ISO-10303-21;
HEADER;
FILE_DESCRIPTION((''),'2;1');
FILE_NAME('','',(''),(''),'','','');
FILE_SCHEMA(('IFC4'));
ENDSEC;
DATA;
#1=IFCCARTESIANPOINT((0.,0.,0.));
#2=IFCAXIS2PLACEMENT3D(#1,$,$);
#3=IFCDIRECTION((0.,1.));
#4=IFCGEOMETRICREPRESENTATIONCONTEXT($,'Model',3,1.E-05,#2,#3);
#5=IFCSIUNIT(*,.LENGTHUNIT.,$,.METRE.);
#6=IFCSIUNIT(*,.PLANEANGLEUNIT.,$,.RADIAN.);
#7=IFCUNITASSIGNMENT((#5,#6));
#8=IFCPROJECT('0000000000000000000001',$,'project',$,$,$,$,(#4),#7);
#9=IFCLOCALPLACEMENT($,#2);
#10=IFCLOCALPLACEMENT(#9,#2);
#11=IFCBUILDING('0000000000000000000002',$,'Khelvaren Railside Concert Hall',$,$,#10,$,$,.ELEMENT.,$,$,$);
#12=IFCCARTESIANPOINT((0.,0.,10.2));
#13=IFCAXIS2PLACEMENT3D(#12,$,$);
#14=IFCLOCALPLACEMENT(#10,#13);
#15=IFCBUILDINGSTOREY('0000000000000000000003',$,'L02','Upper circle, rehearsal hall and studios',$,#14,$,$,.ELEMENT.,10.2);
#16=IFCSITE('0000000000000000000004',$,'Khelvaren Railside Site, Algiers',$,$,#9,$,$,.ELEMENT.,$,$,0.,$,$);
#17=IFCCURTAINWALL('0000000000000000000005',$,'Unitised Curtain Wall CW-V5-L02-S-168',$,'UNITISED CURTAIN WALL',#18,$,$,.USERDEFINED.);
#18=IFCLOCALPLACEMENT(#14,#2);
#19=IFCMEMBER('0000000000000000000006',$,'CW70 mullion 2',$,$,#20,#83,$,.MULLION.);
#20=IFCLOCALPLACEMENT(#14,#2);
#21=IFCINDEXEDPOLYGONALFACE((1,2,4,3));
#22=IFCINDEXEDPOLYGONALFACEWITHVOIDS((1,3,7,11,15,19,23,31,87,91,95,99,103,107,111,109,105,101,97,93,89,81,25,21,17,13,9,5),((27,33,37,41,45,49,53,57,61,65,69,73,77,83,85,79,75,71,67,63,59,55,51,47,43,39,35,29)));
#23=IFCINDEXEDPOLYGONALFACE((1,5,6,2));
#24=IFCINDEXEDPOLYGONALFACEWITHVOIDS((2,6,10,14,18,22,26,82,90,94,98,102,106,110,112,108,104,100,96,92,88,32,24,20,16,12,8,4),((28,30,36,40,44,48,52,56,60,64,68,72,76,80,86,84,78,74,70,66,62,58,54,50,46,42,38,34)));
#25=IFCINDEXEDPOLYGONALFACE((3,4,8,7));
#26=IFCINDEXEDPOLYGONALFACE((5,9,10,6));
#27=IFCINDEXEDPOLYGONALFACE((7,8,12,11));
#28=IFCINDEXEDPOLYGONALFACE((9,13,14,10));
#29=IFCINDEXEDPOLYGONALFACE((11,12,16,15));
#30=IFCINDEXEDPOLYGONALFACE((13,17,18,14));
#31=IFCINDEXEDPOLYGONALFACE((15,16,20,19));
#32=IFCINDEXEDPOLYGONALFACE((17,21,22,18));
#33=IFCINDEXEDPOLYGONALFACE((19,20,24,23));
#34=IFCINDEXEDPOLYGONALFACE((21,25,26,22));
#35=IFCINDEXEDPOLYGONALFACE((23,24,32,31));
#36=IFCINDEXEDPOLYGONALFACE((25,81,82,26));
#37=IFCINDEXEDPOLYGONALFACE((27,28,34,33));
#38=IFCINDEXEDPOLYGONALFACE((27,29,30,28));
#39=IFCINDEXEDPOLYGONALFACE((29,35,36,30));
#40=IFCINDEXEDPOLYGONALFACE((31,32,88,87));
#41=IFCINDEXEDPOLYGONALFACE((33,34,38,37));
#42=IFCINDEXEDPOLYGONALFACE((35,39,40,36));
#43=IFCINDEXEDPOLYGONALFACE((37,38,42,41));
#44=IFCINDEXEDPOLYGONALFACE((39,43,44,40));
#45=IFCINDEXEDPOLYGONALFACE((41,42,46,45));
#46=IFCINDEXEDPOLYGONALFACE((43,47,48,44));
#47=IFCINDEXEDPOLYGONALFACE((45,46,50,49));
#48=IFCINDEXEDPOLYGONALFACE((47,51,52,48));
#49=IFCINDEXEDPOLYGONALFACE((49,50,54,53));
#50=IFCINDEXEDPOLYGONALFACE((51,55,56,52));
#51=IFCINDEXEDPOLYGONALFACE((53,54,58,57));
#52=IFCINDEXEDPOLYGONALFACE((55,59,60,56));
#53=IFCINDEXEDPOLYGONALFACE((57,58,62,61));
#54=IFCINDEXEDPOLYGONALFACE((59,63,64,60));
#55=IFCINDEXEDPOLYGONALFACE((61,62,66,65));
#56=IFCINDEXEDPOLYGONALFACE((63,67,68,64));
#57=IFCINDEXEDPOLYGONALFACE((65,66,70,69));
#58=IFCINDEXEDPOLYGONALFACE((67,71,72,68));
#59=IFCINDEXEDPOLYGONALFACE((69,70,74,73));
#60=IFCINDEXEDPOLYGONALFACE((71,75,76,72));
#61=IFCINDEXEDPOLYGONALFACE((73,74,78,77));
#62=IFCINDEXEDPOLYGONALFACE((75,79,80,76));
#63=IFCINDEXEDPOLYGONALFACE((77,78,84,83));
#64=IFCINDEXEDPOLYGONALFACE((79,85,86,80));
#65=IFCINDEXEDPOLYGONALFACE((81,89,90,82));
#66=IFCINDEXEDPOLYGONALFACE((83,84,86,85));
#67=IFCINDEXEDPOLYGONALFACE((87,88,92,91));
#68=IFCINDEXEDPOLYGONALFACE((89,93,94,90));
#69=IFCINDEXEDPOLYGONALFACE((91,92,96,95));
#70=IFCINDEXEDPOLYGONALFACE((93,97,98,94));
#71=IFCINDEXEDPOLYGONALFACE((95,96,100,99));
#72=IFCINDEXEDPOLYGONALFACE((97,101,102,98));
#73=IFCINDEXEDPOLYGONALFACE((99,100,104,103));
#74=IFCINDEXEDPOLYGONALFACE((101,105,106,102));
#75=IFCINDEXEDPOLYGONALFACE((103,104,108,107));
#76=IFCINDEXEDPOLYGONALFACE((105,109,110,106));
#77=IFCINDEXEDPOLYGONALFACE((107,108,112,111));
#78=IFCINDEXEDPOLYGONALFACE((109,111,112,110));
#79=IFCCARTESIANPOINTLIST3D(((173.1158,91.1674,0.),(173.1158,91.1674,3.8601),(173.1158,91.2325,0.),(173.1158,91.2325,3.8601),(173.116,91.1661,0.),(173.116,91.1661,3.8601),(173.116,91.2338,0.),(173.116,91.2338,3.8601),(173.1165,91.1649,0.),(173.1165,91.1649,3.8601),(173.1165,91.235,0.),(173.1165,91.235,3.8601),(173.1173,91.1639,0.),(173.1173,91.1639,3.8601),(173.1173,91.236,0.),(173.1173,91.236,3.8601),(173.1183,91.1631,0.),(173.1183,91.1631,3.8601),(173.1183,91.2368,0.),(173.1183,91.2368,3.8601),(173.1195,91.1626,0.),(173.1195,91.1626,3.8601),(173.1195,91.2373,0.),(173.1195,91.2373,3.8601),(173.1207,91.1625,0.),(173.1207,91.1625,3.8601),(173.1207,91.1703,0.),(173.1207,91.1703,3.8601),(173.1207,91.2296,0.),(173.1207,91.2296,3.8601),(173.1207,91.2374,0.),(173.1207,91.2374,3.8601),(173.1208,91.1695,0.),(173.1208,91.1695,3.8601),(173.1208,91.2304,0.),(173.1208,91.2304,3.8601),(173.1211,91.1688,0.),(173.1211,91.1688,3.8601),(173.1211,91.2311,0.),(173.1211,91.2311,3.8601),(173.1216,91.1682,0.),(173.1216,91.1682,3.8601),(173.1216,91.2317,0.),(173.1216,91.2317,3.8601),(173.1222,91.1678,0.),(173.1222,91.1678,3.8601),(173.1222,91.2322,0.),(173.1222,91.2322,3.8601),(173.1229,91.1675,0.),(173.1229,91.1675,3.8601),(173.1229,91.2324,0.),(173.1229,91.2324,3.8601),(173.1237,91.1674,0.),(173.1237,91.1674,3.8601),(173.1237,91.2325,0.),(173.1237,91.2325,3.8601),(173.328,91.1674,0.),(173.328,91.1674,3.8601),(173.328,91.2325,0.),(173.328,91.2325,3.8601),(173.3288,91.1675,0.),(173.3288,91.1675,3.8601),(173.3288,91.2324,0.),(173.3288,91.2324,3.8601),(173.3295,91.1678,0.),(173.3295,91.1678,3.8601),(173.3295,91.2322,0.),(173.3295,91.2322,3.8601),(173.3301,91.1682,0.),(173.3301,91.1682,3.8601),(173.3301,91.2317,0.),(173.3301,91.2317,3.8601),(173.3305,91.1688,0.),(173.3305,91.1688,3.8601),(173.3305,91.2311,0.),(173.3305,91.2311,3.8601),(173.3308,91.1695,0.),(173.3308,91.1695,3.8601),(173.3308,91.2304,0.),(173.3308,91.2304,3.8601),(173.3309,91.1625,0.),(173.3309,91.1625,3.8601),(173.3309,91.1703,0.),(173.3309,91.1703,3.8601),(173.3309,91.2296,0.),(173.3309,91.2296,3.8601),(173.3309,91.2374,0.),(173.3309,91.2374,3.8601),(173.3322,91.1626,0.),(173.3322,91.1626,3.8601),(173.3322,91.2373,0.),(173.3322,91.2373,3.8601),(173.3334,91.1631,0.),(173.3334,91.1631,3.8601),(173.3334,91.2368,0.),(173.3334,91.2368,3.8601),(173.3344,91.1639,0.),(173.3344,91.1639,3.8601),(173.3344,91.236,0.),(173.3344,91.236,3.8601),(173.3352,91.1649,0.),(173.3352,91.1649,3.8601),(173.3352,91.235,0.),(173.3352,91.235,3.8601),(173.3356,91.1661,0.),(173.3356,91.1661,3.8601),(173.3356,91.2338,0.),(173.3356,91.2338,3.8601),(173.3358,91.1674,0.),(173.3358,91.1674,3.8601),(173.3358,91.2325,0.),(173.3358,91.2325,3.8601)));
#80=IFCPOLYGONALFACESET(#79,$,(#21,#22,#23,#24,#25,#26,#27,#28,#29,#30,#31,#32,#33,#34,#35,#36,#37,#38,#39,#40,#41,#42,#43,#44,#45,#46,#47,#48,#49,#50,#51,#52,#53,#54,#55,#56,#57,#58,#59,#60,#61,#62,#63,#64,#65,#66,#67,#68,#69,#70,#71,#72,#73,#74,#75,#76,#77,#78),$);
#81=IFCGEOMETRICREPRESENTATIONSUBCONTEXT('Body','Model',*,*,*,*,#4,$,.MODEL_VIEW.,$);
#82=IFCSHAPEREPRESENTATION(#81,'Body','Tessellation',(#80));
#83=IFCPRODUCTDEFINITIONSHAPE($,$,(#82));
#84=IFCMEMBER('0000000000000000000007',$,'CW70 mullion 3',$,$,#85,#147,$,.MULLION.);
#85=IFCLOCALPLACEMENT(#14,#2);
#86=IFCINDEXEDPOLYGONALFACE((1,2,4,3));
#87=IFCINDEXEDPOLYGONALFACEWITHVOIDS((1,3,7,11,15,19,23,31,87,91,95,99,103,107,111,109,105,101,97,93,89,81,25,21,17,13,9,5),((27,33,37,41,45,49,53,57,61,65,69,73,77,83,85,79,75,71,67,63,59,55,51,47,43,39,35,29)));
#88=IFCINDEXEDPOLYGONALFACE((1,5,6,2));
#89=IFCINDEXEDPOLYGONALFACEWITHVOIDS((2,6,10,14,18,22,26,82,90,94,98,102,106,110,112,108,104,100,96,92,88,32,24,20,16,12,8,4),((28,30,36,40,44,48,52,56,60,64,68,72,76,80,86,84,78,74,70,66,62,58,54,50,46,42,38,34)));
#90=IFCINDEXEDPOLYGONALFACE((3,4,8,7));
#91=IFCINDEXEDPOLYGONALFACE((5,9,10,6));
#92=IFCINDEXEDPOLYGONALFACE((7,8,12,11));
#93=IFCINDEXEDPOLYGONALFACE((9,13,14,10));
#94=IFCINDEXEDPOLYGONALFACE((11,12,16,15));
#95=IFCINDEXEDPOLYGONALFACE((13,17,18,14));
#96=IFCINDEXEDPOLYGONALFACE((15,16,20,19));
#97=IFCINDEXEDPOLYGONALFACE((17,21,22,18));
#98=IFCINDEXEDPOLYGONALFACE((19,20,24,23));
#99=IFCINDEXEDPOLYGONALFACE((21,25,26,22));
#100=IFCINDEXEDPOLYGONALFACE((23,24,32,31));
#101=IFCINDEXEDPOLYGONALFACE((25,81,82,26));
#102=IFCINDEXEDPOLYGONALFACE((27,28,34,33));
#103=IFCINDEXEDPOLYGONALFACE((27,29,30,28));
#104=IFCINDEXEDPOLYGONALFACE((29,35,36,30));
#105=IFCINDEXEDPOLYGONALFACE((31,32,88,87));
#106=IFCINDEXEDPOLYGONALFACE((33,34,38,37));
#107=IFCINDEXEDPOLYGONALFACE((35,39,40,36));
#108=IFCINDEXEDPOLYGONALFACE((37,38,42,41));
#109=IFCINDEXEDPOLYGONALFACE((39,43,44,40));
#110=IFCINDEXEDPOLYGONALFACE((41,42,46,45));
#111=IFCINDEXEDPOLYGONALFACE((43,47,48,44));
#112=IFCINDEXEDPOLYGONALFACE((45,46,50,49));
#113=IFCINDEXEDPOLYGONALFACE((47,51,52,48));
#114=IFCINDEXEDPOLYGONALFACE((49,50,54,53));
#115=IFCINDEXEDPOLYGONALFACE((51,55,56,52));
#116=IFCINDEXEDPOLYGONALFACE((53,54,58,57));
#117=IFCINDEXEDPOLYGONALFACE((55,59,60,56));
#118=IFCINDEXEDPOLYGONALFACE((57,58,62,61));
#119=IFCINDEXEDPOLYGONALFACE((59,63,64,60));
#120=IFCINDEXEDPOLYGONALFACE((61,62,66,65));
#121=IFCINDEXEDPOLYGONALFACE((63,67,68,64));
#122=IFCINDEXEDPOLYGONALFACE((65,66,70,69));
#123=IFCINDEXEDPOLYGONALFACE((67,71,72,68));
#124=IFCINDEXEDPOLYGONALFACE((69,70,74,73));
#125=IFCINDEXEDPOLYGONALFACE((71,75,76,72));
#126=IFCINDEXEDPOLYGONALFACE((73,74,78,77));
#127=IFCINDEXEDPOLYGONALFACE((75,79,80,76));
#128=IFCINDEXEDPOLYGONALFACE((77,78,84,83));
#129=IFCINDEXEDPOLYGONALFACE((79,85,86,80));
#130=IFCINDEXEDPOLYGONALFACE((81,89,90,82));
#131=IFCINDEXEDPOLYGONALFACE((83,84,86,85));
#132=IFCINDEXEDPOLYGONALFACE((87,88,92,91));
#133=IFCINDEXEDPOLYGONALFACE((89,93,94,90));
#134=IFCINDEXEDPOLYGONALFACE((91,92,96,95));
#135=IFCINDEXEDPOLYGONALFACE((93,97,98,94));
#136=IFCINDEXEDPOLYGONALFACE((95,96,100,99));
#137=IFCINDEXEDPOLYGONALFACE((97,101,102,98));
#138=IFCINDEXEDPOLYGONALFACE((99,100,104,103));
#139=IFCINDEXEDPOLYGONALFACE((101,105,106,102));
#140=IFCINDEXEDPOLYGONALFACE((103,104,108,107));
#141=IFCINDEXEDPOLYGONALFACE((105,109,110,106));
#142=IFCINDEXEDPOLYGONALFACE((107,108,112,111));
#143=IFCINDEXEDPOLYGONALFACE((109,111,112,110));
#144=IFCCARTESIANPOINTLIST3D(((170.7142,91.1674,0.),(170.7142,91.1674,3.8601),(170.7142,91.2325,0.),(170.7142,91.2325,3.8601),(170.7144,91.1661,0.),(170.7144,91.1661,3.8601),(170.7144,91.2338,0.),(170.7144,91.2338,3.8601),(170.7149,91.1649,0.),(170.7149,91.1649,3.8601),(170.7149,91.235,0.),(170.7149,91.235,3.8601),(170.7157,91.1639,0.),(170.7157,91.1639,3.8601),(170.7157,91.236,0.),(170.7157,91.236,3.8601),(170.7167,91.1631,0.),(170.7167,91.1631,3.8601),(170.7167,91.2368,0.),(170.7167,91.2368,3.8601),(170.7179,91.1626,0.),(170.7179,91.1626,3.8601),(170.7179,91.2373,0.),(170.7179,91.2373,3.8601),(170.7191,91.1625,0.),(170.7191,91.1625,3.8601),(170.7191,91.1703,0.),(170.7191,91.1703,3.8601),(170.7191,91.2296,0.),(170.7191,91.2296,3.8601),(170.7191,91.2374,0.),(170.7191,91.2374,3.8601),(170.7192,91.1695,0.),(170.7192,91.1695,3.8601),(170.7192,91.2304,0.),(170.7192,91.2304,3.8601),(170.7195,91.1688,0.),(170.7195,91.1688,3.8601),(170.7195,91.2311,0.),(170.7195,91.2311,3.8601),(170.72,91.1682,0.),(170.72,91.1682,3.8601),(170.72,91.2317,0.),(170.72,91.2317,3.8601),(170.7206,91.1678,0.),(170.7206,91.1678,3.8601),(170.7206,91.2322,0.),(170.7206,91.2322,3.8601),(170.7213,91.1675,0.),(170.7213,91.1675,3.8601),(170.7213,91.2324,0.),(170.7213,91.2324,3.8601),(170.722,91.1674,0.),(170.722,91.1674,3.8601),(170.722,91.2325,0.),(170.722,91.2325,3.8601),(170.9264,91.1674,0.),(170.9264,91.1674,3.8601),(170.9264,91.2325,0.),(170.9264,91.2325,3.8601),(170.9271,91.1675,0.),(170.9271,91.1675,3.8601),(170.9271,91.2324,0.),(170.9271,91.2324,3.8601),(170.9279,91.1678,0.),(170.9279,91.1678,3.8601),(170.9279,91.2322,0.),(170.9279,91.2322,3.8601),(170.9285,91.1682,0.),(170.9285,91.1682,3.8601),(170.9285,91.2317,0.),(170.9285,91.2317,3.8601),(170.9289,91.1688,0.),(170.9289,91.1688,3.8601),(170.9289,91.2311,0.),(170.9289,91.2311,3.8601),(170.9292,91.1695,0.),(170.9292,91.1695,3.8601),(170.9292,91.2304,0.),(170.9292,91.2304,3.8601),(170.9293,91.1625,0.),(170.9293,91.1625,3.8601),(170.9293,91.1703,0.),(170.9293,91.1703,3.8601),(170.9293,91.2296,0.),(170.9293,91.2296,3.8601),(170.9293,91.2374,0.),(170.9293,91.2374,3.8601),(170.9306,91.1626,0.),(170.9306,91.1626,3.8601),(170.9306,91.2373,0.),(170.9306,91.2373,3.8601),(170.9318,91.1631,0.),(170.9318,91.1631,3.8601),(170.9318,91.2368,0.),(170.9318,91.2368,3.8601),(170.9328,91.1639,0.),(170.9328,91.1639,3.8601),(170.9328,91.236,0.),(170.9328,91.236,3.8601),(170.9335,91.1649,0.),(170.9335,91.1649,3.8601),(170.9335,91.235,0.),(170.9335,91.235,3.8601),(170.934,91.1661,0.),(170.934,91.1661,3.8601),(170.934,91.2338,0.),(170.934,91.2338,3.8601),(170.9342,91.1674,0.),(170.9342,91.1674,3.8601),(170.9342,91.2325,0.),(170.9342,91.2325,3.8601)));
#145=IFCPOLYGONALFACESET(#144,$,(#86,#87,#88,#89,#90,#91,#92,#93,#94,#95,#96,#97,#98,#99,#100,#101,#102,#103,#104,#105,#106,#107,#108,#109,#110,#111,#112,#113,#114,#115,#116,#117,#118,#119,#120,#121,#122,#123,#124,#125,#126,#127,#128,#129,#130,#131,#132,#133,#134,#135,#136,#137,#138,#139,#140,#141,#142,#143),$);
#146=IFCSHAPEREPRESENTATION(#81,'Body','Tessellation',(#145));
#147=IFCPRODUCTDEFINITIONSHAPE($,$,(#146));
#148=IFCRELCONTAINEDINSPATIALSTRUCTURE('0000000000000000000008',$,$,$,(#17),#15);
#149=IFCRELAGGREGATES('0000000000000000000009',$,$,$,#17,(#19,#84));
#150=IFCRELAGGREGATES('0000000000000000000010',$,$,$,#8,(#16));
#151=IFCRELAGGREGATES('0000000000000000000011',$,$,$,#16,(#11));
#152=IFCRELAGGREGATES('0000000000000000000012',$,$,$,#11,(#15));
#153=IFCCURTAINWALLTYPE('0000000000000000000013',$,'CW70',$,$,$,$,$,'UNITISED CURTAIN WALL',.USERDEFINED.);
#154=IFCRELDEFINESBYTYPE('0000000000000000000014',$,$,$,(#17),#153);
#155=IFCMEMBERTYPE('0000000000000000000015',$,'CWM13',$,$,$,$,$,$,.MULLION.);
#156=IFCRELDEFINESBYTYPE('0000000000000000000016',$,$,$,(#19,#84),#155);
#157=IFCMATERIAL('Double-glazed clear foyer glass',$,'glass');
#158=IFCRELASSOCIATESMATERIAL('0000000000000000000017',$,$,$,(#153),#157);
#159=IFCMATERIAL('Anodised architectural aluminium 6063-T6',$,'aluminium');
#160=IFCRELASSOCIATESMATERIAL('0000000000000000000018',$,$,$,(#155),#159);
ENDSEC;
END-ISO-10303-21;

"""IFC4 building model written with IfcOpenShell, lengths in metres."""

from ifc_helpers import new_model, si_unit, direction, frame, origin, origin_2d, place, context, subcontext, project, spatial, hollow_rectangle, extrude, material, material_profile, profile_set, type_object, element, aggregate, save


model = new_model("IFC4")

# Units and contexts
model_context = context("Model", 3, precision=1e-05, world=origin(), true_north=direction((0.0, 1.0)))
body_context = subcontext(model_context, "Body", "Model", "MODEL_VIEW")
ifc_project = project(units=[si_unit("LENGTHUNIT", "METRE"), si_unit("PLANEANGLEUNIT", "RADIAN")], contexts=[model_context])

# Site, building, storey
site_placement = place(None, origin())
site = spatial("IfcSite", under=ifc_project, at=site_placement, Name="Khelvaren Railside Site, Algiers", CompositionType="ELEMENT", RefElevation=0.0)
building_placement = place(site_placement, origin())
building = spatial("IfcBuilding", under=site, at=building_placement, Name="Khelvaren Railside Concert Hall", CompositionType="ELEMENT")
storey_placement = place(building_placement, frame((0.0, 0.0, 10.2)))
storey = spatial("IfcBuildingStorey", under=building, at=storey_placement, Name="L02", Description="Upper circle, rehearsal hall and studios", CompositionType="ELEMENT", Elevation=10.2)

# Curtain wall, members
ifc_material_1 = material(Name="Double-glazed clear foyer glass", Category="glass")
curtain_wall_type = type_object("IfcCurtainWallType", Name="CW70", ElementType="UNITISED CURTAIN WALL", PredefinedType="USERDEFINED", material=ifc_material_1)
curtain_wall_placement = place(storey_placement, origin())
curtain_wall = element("IfcCurtainWall", 1, at=curtain_wall_placement, inside=storey, type_object=curtain_wall_type, Name="Unitised Curtain Wall CW-V5-L02-S-168", ObjectType="UNITISED CURTAIN WALL", PredefinedType="USERDEFINED")
ifc_material_2 = material(Name="Anodised architectural aluminium 6063-T6", Category="aluminium")
ifc_material_profile_1 = material_profile(ifc_material_2, hollow_rectangle(XDim=0.075, YDim=0.22, WallThickness=0.0049, InnerFilletRadius=0.0029, OuterFilletRadius=0.0049, at=origin_2d()), Name="CWM 75x220x5")
ifc_profile_set_1 = profile_set([ifc_material_profile_1], Name="Anodised architectural aluminium 6063-T6")
member_type_1 = type_object("IfcMemberType", Name="CWM13", PredefinedType="MULLION", material=ifc_profile_set_1)
member_1_placement = place(storey_placement, frame((173.2258, 91.2, 0.0), z_axis=(0.0, 0.0, 1.0), x_axis=(0.0, -1.0, 0.0)))
member_1 = element("IfcMember", 2, at=member_1_placement, type_object=member_type_1, Name="CW70 mullion 2", PredefinedType="MULLION", context=body_context, shape_type="SweptSolid", body=[
    extrude(hollow_rectangle(XDim=0.075, YDim=0.22, WallThickness=0.0049, InnerFilletRadius=0.0029, OuterFilletRadius=0.0049, at=origin_2d()), origin(), (0.0, 0.0, 1.0), 3.8601),
])
member_2_placement = place(storey_placement, frame((170.8242, 91.2, 0.0), z_axis=(0.0, 0.0, 1.0), x_axis=(0.0, -1.0, 0.0)))
member_2 = element("IfcMember", 3, at=member_2_placement, type_object=member_type_1, Name="CW70 mullion 3", PredefinedType="MULLION", context=body_context, shape_type="SweptSolid", body=[
    extrude(hollow_rectangle(XDim=0.075, YDim=0.22, WallThickness=0.0049, InnerFilletRadius=0.0029, OuterFilletRadius=0.0049, at=origin_2d()), origin(), (0.0, 0.0, 1.0), 3.8601),
])

aggregate(curtain_wall, [member_1, member_2])

save(model, "model.ifc")
